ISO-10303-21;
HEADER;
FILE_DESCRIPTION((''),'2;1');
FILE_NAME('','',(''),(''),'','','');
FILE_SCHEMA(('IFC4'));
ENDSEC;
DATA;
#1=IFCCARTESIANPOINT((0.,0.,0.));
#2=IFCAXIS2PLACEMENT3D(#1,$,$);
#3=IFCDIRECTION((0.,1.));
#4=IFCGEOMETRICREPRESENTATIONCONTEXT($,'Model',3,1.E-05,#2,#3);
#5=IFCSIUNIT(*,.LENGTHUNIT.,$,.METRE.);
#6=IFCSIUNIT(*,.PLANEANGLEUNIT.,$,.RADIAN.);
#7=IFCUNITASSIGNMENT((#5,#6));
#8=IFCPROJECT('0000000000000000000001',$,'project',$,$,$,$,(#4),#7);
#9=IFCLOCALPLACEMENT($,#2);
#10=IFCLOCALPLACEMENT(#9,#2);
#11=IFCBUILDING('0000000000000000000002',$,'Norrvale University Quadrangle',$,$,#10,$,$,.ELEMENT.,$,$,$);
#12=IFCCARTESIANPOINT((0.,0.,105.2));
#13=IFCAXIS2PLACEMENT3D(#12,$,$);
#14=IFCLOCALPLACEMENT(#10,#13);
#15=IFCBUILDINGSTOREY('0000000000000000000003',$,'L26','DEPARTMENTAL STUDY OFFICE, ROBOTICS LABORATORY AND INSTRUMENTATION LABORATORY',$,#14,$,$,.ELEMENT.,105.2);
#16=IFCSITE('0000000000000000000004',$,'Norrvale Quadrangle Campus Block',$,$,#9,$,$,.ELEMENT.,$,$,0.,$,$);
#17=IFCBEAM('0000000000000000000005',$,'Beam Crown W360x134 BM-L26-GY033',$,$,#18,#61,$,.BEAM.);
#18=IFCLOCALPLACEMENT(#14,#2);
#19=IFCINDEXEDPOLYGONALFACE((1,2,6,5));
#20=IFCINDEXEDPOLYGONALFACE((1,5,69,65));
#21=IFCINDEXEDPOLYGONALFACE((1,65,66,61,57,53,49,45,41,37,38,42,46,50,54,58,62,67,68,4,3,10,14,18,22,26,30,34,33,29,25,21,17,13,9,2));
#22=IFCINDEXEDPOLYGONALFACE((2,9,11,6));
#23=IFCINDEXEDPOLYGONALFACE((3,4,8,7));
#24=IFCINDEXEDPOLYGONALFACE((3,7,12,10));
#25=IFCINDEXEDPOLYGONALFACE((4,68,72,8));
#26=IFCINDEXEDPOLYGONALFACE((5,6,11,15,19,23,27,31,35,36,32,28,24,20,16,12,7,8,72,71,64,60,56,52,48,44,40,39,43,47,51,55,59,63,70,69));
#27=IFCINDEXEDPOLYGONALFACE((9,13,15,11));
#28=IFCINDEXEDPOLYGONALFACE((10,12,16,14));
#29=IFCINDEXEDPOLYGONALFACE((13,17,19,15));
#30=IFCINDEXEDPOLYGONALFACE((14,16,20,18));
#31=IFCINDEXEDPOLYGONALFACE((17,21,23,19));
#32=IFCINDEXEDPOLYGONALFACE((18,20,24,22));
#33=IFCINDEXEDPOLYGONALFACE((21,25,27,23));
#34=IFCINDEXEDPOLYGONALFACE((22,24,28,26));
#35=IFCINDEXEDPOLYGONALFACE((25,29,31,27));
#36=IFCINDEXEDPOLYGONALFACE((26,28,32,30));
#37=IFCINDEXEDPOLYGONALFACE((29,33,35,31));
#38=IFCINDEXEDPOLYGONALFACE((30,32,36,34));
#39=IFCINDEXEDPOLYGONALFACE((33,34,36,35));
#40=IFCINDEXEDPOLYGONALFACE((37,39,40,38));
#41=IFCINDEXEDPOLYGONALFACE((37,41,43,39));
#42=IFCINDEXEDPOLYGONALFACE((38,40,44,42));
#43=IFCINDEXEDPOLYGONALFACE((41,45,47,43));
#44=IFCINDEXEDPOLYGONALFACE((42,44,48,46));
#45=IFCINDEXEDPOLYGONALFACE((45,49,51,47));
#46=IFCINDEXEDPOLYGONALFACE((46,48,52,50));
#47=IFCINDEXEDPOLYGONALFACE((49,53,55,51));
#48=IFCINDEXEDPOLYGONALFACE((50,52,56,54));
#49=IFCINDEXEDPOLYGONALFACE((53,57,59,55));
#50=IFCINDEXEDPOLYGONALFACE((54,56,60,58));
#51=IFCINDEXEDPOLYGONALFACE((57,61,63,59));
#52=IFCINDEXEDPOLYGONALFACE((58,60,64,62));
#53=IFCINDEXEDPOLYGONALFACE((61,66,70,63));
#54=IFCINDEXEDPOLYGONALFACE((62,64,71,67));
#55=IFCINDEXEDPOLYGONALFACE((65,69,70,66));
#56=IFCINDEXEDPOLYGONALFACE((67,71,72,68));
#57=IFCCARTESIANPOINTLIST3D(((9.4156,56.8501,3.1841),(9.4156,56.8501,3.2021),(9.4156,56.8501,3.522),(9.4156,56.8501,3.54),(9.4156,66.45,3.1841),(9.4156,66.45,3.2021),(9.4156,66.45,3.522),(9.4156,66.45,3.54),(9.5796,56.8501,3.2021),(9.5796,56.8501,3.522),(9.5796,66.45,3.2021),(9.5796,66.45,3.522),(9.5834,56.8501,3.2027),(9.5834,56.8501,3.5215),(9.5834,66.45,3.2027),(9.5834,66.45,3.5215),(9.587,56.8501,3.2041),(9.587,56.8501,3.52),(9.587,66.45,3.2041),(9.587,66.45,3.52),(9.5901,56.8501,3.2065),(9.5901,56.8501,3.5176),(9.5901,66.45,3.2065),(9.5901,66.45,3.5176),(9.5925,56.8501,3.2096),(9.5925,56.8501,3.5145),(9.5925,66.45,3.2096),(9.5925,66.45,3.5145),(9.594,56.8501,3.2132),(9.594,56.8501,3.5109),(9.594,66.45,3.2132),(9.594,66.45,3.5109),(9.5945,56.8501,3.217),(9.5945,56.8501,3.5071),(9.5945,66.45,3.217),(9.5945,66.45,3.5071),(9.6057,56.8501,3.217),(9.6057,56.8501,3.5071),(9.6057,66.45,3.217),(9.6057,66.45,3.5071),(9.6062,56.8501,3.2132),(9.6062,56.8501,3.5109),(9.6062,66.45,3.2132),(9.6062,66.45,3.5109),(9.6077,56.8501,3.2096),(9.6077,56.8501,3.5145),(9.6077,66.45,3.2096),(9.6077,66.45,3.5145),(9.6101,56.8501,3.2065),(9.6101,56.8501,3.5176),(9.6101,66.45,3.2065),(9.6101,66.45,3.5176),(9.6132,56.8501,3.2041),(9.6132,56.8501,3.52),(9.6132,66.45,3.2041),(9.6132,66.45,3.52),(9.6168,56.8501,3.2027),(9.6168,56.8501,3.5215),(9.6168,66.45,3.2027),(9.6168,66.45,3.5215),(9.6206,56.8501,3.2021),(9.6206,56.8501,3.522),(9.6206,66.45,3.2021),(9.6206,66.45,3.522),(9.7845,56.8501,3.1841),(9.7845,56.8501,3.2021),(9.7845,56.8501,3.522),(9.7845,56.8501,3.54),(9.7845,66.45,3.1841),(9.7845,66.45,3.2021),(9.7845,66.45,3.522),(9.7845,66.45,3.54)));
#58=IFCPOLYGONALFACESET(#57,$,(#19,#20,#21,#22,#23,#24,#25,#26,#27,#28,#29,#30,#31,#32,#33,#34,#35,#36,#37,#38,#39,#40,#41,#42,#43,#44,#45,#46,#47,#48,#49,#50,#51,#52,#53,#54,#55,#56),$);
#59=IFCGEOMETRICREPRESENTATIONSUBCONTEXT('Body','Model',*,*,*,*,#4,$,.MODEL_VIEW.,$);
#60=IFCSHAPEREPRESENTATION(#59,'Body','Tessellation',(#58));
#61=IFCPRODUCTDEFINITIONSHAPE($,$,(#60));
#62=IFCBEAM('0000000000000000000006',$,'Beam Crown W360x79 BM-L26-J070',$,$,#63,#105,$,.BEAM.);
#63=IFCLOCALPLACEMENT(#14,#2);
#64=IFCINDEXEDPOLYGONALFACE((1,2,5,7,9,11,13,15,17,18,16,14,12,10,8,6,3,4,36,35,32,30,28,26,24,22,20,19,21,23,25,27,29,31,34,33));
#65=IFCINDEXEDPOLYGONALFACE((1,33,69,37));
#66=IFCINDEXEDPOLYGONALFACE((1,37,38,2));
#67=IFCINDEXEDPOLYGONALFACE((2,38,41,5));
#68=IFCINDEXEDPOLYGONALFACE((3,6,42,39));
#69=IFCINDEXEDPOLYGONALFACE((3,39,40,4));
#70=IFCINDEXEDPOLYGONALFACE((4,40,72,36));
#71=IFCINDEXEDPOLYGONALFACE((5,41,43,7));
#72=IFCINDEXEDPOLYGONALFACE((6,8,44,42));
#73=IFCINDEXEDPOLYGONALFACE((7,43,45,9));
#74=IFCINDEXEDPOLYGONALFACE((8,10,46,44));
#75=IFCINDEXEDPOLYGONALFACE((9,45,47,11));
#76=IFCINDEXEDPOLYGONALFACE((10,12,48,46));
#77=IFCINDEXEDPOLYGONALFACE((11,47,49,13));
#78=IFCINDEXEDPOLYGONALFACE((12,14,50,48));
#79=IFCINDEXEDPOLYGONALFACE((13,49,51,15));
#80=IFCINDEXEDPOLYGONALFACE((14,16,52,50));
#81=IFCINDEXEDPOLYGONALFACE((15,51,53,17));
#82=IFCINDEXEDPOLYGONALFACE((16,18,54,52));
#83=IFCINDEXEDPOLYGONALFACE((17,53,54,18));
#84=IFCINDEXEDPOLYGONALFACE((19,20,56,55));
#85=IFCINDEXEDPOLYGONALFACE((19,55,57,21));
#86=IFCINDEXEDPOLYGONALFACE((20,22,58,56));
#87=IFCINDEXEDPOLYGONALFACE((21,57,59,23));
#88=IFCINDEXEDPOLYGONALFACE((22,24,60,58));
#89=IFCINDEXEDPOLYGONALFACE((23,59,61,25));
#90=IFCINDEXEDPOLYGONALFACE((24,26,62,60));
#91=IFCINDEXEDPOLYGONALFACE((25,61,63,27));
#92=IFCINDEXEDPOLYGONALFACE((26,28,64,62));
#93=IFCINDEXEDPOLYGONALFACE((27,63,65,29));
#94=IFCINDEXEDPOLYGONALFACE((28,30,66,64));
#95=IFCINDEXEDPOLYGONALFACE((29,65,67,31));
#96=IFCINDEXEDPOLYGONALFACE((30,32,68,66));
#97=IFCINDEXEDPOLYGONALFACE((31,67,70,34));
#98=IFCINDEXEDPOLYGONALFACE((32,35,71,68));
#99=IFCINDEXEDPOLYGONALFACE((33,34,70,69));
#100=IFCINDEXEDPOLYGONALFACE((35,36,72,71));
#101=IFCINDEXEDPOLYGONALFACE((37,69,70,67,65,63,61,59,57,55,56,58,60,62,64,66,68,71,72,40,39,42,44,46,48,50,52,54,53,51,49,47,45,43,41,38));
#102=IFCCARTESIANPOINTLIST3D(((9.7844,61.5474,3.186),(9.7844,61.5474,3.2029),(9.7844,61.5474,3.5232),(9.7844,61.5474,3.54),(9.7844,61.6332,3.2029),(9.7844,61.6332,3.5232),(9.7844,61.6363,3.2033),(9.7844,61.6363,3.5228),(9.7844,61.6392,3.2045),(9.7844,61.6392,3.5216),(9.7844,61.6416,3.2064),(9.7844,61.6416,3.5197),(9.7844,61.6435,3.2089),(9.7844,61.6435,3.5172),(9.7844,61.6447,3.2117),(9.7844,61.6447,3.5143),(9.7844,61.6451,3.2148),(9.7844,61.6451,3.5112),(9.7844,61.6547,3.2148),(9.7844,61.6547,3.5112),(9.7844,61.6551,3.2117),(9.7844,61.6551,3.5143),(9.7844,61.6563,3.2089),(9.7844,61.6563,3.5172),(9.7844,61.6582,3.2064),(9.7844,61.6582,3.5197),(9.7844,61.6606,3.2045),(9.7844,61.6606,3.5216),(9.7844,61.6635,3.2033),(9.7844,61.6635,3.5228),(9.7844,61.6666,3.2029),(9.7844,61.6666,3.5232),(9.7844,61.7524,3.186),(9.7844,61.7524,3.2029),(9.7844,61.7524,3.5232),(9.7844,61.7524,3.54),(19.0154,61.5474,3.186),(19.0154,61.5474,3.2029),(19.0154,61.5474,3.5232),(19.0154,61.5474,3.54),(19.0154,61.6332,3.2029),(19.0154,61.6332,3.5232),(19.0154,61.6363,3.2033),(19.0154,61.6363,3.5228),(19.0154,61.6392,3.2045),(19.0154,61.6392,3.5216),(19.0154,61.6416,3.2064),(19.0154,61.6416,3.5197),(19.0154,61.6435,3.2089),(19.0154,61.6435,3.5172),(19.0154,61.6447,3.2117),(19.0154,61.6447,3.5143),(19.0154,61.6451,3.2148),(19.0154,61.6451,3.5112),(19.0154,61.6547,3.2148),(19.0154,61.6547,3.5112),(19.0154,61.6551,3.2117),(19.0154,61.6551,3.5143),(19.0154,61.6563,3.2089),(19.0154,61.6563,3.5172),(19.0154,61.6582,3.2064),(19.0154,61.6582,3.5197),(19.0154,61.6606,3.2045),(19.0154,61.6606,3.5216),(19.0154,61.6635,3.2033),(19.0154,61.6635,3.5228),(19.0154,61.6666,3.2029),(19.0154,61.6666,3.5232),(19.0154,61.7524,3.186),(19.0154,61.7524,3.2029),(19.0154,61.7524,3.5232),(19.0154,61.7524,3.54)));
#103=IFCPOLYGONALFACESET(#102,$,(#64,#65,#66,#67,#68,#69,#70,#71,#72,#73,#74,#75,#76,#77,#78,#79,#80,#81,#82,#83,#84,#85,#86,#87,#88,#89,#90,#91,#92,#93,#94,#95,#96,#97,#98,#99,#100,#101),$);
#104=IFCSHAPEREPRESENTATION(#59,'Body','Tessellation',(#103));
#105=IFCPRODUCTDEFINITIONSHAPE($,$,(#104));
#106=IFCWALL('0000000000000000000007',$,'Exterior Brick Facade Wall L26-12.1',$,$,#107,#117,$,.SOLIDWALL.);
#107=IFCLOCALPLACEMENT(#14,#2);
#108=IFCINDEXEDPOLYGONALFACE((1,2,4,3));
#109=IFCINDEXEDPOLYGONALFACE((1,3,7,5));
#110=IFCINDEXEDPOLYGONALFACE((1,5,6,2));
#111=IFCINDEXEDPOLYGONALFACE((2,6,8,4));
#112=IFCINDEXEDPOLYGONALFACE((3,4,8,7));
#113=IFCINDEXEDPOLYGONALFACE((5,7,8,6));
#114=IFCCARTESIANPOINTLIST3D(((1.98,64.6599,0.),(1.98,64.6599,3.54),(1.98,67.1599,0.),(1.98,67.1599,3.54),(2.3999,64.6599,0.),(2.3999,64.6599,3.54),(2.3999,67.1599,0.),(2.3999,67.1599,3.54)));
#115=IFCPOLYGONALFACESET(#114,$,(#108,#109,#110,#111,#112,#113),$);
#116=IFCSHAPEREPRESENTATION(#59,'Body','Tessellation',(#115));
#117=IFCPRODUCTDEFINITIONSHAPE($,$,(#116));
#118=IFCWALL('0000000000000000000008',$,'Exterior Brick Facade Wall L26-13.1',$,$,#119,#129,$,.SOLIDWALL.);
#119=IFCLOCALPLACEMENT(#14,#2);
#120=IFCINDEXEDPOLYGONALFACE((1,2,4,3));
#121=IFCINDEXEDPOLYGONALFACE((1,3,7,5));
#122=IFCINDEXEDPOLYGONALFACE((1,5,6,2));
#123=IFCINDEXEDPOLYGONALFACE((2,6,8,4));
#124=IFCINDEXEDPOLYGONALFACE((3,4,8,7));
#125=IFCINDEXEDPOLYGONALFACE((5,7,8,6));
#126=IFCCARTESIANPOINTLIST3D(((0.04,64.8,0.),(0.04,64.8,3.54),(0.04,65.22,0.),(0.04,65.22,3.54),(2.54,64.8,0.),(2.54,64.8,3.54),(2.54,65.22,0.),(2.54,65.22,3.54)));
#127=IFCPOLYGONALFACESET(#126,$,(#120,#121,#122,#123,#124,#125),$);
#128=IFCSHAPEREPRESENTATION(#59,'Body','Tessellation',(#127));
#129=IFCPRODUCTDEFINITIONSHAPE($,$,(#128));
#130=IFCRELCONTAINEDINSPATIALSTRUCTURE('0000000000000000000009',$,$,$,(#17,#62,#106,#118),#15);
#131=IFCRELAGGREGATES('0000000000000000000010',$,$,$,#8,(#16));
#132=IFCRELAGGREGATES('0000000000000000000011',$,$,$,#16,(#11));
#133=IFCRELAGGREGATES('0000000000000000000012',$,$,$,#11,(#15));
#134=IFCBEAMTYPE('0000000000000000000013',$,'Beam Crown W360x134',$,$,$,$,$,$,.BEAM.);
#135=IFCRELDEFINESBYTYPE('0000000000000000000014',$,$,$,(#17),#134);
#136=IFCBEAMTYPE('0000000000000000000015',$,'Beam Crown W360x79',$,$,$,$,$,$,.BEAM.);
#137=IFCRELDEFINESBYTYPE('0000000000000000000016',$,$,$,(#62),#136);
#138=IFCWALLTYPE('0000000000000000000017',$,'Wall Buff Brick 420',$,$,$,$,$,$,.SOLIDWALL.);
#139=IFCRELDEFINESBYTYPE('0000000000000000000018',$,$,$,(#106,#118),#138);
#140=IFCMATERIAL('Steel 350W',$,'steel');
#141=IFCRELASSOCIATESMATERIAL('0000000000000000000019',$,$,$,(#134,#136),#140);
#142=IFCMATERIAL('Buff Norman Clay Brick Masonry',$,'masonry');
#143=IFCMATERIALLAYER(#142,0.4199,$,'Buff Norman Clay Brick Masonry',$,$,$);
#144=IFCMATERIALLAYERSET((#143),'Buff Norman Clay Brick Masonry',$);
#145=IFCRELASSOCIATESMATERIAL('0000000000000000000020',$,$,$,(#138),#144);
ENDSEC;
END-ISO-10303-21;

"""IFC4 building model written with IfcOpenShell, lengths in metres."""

from ifc_helpers import new_model, si_unit, direction, frame, frame_2d, origin, origin_2d, place, context, subcontext, project, spatial, rectangle, i_section, extrude, material, layer, layer_set, material_profile, profile_set, type_object, element, save


model = new_model("IFC4")

# Units and contexts
model_context = context("Model", 3, precision=1e-05, world=origin(), true_north=direction((0.0, 1.0)))
body_context = subcontext(model_context, "Body", "Model", "MODEL_VIEW")
ifc_project = project(units=[si_unit("LENGTHUNIT", "METRE"), si_unit("PLANEANGLEUNIT", "RADIAN")], contexts=[model_context])

# Site, building, storey
site_placement = place(None, origin())
site = spatial("IfcSite", under=ifc_project, at=site_placement, Name="Norrvale Quadrangle Campus Block", CompositionType="ELEMENT", RefElevation=0.0)
building_placement = place(site_placement, origin())
building = spatial("IfcBuilding", under=site, at=building_placement, Name="Norrvale University Quadrangle", CompositionType="ELEMENT")
storey_placement = place(building_placement, frame((0.0, 0.0, 105.2)))
storey = spatial("IfcBuildingStorey", under=building, at=storey_placement, Name="L26", Description="DEPARTMENTAL STUDY OFFICE, ROBOTICS LABORATORY AND INSTRUMENTATION LABORATORY", CompositionType="ELEMENT", Elevation=105.2)

# Beams
ifc_material_1 = material(Name="Steel 350W", Category="steel")
ifc_material_profile_1 = material_profile(ifc_material_1, i_section(OverallWidth=0.3689, OverallDepth=0.356, WebThickness=0.0112, FlangeThickness=0.0181, FilletRadius=0.0149, at=origin_2d()), Name="Steel 350W")
ifc_profile_set_1 = profile_set([ifc_material_profile_1], Name="Steel 350W")
beam_type_1 = type_object("IfcBeamType", Name="Beam Crown W360x134", PredefinedType="BEAM", material=ifc_profile_set_1)
for number, where, z_axis, x_axis, name in (
    (1, (9.6001, 56.8501, 3.3621), (0.0, 1.0, 0.0), (-1.0, 0.0, 0.0), "Beam Crown W360x134 BM-L26-GY033"),
):
    element("IfcBeam", number, at=place(storey_placement, frame(where, z_axis=z_axis, x_axis=x_axis)), inside=storey, type_object=beam_type_1, Name=name, PredefinedType="BEAM", context=body_context, shape_type="SweptSolid", body=[
        extrude(i_section(OverallWidth=0.3689, OverallDepth=0.356, WebThickness=0.0112, FlangeThickness=0.0181, FilletRadius=0.0149, at=origin_2d()), origin(), (0.0, 0.0, 1.0), 9.5999),
    ])
ifc_material_profile_2 = material_profile(ifc_material_1, i_section(OverallWidth=0.2051, OverallDepth=0.354, WebThickness=0.0095, FlangeThickness=0.0168, FilletRadius=0.012, at=origin_2d()), Name="Steel 350W")
ifc_profile_set_2 = profile_set([ifc_material_profile_2], Name="Steel 350W")
beam_type_2 = type_object("IfcBeamType", Name="Beam Crown W360x79", PredefinedType="BEAM", material=ifc_profile_set_2)
beam_1_placement = place(storey_placement, frame((9.7844, 61.6499, 3.363), z_axis=(1.0, 0.0, 0.0), x_axis=(0.0, 1.0, 0.0)))
element("IfcBeam", 2, at=beam_1_placement, inside=storey, type_object=beam_type_2, Name="Beam Crown W360x79 BM-L26-J070", PredefinedType="BEAM", context=body_context, shape_type="SweptSolid", body=[
    extrude(i_section(OverallWidth=0.2051, OverallDepth=0.354, WebThickness=0.0095, FlangeThickness=0.0168, FilletRadius=0.012, at=origin_2d()), origin(), (0.0, 0.0, 1.0), 9.231),
])

# Walls
ifc_material_2 = material(Name="Buff Norman Clay Brick Masonry", Category="masonry")
ifc_layer = layer(ifc_material_2, 0.4199, Name="Buff Norman Clay Brick Masonry")
ifc_layer_set = layer_set([ifc_layer], Name="Buff Norman Clay Brick Masonry")
wall_type = type_object("IfcWallType", Name="Wall Buff Brick 420", PredefinedType="SOLIDWALL", material=ifc_layer_set)
for number, where, z_axis, x_axis, name in (
    (3, (2.1899, 67.1599, 0.0), (0.0, 0.0, 1.0), (0.0, -1.0, 0.0), "Exterior Brick Facade Wall L26-12.1"),
    (4, (2.54, 65.01, 0.0), (0.0, 0.0, 1.0), (-1.0, 0.0, 0.0), "Exterior Brick Facade Wall L26-13.1"),
):
    element("IfcWall", number, at=place(storey_placement, frame(where, z_axis=z_axis, x_axis=x_axis)), inside=storey, type_object=wall_type, Name=name, PredefinedType="SOLIDWALL", context=body_context, shape_type="SweptSolid", body=[
        extrude(rectangle(XDim=2.5, YDim=0.4199, at=frame_2d((1.25, 0.0))), origin(), (0.0, 0.0, 1.0), 3.54),
    ])

save(model, "model.ifc")
